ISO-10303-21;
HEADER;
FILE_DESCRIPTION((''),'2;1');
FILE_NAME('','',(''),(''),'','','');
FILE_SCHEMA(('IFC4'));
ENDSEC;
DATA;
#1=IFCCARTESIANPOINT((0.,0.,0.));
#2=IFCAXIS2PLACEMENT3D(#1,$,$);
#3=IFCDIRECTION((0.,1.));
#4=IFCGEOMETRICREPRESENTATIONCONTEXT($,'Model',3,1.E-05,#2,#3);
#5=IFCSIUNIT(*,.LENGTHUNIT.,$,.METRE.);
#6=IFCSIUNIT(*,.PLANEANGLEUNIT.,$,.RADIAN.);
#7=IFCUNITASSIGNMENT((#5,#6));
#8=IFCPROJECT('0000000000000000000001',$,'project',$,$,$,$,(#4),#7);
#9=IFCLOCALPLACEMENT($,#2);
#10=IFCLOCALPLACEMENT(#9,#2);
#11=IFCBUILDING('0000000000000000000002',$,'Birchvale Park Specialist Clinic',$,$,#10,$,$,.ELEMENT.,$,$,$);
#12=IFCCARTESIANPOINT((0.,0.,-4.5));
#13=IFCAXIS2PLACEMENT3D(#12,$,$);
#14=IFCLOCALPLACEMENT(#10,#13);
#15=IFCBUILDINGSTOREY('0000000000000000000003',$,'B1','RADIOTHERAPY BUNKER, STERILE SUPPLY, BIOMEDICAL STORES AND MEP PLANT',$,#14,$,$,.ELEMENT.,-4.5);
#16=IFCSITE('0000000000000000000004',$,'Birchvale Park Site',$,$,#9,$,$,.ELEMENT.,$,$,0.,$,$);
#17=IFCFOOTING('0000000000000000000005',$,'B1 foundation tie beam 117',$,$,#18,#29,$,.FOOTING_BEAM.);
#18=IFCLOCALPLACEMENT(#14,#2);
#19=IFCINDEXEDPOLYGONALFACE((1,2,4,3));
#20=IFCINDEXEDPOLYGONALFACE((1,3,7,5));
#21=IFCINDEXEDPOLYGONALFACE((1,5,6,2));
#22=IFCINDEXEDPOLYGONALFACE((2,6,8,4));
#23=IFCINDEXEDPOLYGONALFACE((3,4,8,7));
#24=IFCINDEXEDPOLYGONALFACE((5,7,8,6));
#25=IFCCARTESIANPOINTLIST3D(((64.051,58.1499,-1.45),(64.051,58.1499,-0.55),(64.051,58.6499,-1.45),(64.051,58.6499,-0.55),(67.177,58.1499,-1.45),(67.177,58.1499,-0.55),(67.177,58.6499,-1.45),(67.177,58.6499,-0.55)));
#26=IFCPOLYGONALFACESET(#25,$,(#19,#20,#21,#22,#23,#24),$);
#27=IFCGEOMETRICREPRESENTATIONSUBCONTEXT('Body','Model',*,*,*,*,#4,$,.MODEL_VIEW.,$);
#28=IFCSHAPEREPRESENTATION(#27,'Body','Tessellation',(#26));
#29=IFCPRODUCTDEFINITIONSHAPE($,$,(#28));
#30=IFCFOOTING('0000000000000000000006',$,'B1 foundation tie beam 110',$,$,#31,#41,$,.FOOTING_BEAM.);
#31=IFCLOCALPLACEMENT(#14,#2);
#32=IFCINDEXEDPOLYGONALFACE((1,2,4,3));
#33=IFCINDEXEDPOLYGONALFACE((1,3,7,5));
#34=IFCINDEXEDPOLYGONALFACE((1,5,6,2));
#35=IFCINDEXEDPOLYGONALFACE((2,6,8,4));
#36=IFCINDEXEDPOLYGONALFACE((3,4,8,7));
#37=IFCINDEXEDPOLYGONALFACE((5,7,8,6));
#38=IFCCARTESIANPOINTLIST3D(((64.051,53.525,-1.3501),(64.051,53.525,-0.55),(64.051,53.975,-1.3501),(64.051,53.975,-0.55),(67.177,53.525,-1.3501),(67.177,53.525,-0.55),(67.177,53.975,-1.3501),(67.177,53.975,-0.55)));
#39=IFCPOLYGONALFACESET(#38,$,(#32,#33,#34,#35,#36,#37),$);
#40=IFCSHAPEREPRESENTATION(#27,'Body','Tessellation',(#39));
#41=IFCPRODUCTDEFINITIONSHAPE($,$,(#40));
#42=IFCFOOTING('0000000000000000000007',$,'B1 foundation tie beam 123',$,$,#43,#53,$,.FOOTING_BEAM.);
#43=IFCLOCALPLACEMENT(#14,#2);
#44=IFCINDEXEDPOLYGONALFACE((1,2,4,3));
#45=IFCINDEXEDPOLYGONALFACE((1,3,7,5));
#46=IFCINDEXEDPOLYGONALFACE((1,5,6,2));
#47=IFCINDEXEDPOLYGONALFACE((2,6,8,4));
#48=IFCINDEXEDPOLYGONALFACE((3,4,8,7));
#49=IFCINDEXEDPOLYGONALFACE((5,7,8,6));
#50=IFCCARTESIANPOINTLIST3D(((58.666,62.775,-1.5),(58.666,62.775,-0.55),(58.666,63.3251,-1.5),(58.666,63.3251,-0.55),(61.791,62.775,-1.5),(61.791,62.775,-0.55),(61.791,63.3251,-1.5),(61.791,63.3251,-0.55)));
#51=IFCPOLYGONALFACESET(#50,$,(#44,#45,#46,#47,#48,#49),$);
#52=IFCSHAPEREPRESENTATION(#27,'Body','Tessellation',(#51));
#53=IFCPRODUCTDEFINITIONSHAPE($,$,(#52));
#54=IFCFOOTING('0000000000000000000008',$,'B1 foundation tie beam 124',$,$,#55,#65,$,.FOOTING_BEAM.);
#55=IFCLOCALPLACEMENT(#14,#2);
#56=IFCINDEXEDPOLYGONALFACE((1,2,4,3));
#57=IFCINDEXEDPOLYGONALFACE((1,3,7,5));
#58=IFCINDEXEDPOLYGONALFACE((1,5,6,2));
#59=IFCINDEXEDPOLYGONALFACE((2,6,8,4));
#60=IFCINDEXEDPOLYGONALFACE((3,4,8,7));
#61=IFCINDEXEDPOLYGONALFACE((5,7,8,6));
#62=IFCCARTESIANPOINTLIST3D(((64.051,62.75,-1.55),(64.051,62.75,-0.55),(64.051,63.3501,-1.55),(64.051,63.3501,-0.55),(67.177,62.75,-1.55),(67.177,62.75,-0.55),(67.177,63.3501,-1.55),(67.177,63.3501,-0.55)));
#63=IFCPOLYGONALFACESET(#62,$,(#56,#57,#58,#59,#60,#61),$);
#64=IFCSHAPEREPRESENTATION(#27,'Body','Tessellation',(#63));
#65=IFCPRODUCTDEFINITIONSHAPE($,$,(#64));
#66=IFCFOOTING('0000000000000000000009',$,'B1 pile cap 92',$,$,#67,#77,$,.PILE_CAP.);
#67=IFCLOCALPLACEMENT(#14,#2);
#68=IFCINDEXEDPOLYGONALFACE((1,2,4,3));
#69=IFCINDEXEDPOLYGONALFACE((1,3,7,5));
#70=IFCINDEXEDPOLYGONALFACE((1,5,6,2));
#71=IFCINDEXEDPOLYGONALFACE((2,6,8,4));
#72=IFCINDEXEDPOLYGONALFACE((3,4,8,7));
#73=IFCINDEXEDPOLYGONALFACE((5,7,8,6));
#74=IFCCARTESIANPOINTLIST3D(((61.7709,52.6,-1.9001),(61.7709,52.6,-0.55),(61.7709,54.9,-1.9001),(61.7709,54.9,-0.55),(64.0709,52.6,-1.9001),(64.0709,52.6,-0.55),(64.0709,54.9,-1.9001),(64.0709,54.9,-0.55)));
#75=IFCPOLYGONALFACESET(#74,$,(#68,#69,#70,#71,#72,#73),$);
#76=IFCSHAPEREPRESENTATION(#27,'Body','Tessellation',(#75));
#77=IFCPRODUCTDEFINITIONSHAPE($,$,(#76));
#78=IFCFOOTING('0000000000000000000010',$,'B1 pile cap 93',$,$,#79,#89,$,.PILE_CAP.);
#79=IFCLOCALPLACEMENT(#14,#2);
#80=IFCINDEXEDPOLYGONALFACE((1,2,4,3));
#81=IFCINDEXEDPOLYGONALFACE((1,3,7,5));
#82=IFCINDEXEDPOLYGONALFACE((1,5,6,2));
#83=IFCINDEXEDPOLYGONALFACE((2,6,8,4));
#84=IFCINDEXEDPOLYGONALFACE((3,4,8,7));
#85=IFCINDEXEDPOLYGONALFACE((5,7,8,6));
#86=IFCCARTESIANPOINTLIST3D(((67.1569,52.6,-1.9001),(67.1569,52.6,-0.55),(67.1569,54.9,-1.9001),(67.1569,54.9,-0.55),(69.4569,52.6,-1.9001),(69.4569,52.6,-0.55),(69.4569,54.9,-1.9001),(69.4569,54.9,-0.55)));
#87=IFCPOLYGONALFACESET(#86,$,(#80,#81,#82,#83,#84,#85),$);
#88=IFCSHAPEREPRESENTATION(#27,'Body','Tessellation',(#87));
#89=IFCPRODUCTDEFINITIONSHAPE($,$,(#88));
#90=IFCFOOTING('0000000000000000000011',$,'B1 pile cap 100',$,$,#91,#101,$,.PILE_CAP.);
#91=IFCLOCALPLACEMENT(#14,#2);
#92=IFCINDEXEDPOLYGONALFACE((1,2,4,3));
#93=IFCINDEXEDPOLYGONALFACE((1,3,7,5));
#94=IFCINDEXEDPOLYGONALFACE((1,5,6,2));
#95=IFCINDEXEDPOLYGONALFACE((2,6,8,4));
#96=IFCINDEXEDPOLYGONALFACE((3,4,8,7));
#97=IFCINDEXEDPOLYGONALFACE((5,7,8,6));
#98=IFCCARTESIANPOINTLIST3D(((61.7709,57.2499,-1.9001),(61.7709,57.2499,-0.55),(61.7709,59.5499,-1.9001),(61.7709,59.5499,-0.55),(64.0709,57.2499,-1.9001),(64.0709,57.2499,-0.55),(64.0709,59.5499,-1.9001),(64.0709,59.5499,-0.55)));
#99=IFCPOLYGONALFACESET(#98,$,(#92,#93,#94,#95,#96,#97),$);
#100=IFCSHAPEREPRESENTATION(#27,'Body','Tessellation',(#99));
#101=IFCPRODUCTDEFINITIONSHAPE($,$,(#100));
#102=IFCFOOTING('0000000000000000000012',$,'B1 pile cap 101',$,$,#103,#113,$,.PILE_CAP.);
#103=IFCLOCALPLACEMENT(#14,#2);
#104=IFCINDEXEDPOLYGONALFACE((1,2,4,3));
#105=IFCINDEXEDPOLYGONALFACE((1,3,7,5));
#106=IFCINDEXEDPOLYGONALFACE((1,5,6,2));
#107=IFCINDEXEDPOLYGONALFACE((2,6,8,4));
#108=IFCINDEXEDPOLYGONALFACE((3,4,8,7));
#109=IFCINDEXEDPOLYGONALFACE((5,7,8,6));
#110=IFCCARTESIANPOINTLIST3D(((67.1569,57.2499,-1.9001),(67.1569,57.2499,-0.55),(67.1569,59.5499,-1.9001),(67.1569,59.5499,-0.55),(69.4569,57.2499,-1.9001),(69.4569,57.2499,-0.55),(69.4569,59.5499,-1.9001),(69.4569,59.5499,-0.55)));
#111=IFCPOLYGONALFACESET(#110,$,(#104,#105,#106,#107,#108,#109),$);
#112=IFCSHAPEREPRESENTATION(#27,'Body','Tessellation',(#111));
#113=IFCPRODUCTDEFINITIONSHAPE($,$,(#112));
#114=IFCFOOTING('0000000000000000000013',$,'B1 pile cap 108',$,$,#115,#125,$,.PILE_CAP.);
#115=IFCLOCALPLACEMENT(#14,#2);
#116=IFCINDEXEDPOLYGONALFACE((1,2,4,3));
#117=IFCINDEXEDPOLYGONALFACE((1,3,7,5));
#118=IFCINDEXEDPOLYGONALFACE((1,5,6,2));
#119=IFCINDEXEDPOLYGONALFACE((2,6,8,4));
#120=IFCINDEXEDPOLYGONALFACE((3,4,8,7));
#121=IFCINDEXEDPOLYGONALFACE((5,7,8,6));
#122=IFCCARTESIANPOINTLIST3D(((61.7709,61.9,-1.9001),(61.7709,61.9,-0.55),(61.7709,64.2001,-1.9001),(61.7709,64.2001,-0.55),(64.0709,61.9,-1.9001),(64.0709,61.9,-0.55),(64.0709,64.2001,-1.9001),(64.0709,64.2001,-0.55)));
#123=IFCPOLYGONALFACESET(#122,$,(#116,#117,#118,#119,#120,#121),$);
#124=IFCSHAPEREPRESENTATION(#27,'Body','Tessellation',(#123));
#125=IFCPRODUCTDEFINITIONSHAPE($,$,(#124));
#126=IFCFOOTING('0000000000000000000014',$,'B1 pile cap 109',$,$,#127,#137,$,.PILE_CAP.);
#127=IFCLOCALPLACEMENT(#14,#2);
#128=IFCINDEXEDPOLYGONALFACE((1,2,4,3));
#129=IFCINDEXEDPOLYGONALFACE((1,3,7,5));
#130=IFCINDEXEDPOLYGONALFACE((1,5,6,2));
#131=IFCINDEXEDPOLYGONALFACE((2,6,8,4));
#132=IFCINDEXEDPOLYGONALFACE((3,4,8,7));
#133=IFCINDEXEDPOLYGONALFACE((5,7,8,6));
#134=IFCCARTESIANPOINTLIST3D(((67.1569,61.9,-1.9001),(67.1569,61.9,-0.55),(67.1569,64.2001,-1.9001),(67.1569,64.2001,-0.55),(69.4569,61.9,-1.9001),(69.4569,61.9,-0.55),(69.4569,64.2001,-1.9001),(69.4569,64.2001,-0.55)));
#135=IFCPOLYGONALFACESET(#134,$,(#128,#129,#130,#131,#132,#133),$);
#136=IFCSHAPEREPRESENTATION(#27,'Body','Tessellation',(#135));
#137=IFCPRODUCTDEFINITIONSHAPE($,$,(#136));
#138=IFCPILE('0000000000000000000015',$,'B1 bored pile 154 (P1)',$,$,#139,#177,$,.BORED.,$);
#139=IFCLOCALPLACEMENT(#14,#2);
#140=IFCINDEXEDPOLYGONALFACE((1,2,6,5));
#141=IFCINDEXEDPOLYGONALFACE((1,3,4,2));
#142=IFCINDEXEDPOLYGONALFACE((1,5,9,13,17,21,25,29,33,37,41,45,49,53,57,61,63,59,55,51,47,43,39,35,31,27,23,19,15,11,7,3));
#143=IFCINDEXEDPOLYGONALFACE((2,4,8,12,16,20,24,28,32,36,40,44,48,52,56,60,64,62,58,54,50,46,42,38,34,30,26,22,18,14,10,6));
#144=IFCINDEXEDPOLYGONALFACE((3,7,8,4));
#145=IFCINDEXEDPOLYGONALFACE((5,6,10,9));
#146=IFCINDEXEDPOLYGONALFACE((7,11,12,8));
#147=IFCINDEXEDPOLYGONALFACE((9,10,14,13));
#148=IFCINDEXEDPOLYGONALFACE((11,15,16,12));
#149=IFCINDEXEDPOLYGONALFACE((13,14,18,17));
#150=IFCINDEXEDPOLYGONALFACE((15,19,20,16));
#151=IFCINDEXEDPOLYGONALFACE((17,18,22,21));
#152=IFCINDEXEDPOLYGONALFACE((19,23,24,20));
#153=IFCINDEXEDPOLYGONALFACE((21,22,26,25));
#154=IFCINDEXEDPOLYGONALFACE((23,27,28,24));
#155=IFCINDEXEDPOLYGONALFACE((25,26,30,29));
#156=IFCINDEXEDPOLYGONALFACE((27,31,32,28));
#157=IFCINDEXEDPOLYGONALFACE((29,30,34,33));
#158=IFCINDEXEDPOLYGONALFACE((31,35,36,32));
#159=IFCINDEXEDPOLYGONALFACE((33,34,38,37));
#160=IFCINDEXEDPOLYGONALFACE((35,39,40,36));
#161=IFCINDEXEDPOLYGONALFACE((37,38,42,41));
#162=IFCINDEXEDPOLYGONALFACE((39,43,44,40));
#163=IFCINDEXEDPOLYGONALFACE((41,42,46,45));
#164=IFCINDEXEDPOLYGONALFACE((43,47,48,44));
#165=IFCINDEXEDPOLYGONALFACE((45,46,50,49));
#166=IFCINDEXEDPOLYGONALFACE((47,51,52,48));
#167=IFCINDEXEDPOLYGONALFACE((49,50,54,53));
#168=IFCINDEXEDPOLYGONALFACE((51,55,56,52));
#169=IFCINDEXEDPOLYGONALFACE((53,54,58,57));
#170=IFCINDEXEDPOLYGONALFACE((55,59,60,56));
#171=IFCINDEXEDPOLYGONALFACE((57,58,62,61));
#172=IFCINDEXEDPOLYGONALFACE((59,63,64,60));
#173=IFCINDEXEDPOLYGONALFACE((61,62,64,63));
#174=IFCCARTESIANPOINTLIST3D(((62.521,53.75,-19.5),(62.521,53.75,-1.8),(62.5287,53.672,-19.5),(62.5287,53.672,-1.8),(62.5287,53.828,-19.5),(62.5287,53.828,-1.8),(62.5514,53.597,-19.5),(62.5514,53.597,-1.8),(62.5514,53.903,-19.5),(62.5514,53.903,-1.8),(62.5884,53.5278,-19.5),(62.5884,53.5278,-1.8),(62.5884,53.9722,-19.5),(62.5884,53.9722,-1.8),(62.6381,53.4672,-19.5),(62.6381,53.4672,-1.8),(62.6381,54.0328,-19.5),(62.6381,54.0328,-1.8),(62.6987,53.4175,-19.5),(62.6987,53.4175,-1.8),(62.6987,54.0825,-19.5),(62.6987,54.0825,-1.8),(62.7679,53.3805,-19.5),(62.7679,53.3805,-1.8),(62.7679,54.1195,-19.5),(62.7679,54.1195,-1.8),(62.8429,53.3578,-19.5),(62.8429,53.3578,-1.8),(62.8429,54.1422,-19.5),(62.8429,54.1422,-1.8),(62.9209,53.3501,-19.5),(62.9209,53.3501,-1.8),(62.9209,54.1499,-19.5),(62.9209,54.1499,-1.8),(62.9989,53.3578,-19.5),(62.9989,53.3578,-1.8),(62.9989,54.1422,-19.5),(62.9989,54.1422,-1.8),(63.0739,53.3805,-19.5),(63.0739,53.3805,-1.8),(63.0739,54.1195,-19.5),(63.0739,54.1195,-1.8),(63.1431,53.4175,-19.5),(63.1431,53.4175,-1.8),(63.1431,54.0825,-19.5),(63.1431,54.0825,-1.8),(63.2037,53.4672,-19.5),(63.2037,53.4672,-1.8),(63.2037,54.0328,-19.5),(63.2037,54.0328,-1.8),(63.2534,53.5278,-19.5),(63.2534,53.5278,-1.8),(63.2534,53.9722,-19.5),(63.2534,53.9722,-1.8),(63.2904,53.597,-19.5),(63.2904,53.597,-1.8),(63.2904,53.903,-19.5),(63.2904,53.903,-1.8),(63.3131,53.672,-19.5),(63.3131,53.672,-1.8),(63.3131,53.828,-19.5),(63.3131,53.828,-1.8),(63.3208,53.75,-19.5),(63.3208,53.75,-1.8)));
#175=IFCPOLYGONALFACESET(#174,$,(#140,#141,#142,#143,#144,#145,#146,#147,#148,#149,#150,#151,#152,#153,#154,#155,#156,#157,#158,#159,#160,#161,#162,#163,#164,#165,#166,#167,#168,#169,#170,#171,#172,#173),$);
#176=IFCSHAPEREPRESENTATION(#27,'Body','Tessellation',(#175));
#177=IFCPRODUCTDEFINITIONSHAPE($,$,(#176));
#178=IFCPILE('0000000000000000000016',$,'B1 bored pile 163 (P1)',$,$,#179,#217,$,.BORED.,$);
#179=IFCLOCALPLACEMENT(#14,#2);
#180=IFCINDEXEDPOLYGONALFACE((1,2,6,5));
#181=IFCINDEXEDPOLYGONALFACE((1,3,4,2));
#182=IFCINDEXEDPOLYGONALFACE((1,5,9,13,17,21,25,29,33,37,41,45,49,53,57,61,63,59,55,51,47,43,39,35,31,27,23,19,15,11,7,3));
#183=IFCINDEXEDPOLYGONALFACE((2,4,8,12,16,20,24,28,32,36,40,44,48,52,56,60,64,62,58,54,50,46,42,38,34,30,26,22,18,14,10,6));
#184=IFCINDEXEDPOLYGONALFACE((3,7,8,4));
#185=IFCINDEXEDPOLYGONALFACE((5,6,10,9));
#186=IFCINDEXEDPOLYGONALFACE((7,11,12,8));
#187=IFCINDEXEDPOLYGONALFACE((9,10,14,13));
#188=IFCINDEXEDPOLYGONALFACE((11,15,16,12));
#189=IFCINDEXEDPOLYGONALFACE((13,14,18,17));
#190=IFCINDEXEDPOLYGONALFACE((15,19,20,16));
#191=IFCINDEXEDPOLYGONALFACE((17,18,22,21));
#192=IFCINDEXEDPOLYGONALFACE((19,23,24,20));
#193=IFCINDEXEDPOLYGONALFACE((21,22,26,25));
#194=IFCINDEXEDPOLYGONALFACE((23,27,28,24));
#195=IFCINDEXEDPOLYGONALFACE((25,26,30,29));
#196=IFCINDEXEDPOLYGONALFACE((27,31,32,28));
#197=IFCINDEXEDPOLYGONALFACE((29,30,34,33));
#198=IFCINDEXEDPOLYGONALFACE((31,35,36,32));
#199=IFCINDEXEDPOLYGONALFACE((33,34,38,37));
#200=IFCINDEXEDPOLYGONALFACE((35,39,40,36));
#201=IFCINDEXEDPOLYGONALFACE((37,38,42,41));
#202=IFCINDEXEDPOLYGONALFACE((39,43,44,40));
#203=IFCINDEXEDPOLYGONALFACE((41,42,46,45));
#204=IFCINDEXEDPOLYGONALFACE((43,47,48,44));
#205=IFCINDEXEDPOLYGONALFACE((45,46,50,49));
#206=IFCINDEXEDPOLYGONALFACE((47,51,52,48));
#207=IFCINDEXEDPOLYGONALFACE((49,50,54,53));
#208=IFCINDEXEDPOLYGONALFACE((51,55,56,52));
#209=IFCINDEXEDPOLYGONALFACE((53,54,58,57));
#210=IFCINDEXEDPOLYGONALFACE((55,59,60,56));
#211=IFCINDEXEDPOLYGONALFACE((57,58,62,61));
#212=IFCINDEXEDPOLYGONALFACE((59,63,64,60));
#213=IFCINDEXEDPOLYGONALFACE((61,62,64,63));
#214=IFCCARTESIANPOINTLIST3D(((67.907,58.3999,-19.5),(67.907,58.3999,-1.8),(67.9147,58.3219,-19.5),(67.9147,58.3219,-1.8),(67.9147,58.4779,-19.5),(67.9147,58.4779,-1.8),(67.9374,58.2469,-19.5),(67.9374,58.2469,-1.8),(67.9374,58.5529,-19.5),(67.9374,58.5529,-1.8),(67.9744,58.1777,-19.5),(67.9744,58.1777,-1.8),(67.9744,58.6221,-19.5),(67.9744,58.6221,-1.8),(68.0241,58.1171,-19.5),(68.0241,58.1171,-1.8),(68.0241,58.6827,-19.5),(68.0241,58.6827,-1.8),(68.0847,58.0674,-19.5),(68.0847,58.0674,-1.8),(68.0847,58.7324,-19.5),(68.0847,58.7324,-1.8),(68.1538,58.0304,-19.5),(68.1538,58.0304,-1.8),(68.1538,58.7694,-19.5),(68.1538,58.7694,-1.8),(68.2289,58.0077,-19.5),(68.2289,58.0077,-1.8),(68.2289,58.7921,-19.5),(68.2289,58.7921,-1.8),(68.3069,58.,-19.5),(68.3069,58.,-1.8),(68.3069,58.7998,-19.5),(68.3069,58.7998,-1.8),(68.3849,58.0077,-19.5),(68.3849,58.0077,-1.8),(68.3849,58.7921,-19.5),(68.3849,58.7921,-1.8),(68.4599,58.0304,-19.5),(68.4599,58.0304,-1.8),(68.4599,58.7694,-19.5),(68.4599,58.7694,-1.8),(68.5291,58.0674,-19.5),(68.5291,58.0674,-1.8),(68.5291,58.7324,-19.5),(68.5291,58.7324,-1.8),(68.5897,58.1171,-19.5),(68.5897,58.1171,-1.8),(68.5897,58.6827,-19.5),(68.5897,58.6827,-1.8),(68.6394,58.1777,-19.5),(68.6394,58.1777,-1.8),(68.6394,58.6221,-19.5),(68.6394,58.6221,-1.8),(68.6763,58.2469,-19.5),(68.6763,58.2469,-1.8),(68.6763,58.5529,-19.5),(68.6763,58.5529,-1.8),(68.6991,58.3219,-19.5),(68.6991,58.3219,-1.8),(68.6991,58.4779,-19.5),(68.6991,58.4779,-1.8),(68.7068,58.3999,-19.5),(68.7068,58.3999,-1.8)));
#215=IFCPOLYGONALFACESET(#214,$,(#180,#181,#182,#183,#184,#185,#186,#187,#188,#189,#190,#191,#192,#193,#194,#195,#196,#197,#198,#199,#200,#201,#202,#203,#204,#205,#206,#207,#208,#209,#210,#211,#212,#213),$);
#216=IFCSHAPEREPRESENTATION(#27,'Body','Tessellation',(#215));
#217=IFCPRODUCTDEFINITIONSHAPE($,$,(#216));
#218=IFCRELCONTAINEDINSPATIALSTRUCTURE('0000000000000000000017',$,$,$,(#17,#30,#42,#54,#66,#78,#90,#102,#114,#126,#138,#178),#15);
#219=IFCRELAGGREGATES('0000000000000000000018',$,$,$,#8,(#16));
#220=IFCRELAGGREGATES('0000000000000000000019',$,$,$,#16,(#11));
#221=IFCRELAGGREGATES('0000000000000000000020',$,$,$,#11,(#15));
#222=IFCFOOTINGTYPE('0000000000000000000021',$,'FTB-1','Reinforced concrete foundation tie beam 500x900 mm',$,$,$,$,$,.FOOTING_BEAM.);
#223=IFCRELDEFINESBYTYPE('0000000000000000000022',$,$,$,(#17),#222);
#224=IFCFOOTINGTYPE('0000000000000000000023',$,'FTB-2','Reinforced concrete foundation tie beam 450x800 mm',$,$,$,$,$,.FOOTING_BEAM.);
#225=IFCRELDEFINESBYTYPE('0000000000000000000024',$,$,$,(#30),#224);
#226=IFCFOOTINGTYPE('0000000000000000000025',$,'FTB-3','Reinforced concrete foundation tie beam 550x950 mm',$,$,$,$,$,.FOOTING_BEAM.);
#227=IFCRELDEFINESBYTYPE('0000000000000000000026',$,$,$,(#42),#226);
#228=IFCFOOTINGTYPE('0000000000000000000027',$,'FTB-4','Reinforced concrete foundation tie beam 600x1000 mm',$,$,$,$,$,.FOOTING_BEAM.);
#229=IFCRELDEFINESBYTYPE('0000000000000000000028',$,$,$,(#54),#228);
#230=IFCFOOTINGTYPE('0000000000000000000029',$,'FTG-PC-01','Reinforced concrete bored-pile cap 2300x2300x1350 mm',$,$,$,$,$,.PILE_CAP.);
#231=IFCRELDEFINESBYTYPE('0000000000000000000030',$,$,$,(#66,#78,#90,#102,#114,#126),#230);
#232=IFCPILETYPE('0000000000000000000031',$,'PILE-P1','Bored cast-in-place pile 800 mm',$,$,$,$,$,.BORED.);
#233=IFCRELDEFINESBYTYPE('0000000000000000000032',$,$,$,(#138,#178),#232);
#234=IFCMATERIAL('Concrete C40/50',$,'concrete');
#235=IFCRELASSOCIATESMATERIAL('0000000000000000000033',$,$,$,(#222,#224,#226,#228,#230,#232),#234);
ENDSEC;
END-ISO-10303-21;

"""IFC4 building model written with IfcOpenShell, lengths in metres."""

from ifc_helpers import new_model, si_unit, direction, frame, origin, origin_2d, place, context, subcontext, project, spatial, rectangle, circle, extrude, material, material_profile, profile_set, type_object, element, save


model = new_model("IFC4")

# Units and contexts
model_context = context("Model", 3, precision=1e-05, world=origin(), true_north=direction((0.0, 1.0)))
body_context = subcontext(model_context, "Body", "Model", "MODEL_VIEW")
ifc_project = project(units=[si_unit("LENGTHUNIT", "METRE"), si_unit("PLANEANGLEUNIT", "RADIAN")], contexts=[model_context])

# Site, building, storey
site_placement = place(None, origin())
site = spatial("IfcSite", under=ifc_project, at=site_placement, Name="Birchvale Park Site", CompositionType="ELEMENT", RefElevation=0.0)
building_placement = place(site_placement, origin())
building = spatial("IfcBuilding", under=site, at=building_placement, Name="Birchvale Park Specialist Clinic", CompositionType="ELEMENT")
storey_placement = place(building_placement, frame((0.0, 0.0, -4.5)))
storey = spatial("IfcBuildingStorey", under=building, at=storey_placement, Name="B1", Description="RADIOTHERAPY BUNKER, STERILE SUPPLY, BIOMEDICAL STORES AND MEP PLANT", CompositionType="ELEMENT", Elevation=-4.5)

# Footings
ifc_material_1 = material(Name="Concrete C40/50", Category="concrete")
footing_type_1 = type_object("IfcFootingType", Name="FTB-1", Description="Reinforced concrete foundation tie beam 500x900 mm", PredefinedType="FOOTING_BEAM", material=ifc_material_1)
footing_1_placement = place(storey_placement, frame((65.614, 58.3999, -1.45), z_axis=(0.0, 0.0, 1.0), x_axis=(1.0, 0.0, 0.0)))
element("IfcFooting", 1, at=footing_1_placement, inside=storey, type_object=footing_type_1, Name="B1 foundation tie beam 117", PredefinedType="FOOTING_BEAM", context=body_context, shape_type="SweptSolid", body=[
    extrude(rectangle(XDim=3.126, YDim=0.5, at=origin_2d()), origin(), (0.0, 0.0, 1.0), 0.8999),
])
footing_type_2 = type_object("IfcFootingType", Name="FTB-2", Description="Reinforced concrete foundation tie beam 450x800 mm", PredefinedType="FOOTING_BEAM", material=ifc_material_1)
footing_2_placement = place(storey_placement, frame((65.614, 53.75, -1.3501), z_axis=(0.0, 0.0, 1.0), x_axis=(1.0, 0.0, 0.0)))
element("IfcFooting", 2, at=footing_2_placement, inside=storey, type_object=footing_type_2, Name="B1 foundation tie beam 110", PredefinedType="FOOTING_BEAM", context=body_context, shape_type="SweptSolid", body=[
    extrude(rectangle(XDim=3.126, YDim=0.45, at=origin_2d()), origin(), (0.0, 0.0, 1.0), 0.8),
])
footing_type_3 = type_object("IfcFootingType", Name="FTB-3", Description="Reinforced concrete foundation tie beam 550x950 mm", PredefinedType="FOOTING_BEAM", material=ifc_material_1)
footing_3_placement = place(storey_placement, frame((60.2285, 63.05, -1.5), z_axis=(0.0, 0.0, 1.0), x_axis=(1.0, 0.0, 0.0)))
element("IfcFooting", 3, at=footing_3_placement, inside=storey, type_object=footing_type_3, Name="B1 foundation tie beam 123", PredefinedType="FOOTING_BEAM", context=body_context, shape_type="SweptSolid", body=[
    extrude(rectangle(XDim=3.125, YDim=0.55, at=origin_2d()), origin(), (0.0, 0.0, 1.0), 0.95),
])
footing_type_4 = type_object("IfcFootingType", Name="FTB-4", Description="Reinforced concrete foundation tie beam 600x1000 mm", PredefinedType="FOOTING_BEAM", material=ifc_material_1)
footing_4_placement = place(storey_placement, frame((65.614, 63.05, -1.55), z_axis=(0.0, 0.0, 1.0), x_axis=(1.0, 0.0, 0.0)))
element("IfcFooting", 4, at=footing_4_placement, inside=storey, type_object=footing_type_4, Name="B1 foundation tie beam 124", PredefinedType="FOOTING_BEAM", context=body_context, shape_type="SweptSolid", body=[
    extrude(rectangle(XDim=3.126, YDim=0.6001, at=origin_2d()), origin(), (0.0, 0.0, 1.0), 1.0),
])
footing_type_5 = type_object("IfcFootingType", Name="FTG-PC-01", Description="Reinforced concrete bored-pile cap 2300x2300x1350 mm", PredefinedType="PILE_CAP", material=ifc_material_1)
for number, where, z_axis, x_axis, name in (
    (5, (62.9209, 53.75, -1.9001), (0.0, 0.0, 1.0), (1.0, 0.0, 0.0), "B1 pile cap 92"),
    (6, (68.3069, 53.75, -1.9001), (0.0, 0.0, 1.0), (1.0, 0.0, 0.0), "B1 pile cap 93"),
    (7, (62.9209, 58.3999, -1.9001), (0.0, 0.0, 1.0), (1.0, 0.0, 0.0), "B1 pile cap 100"),
    (8, (68.3069, 58.3999, -1.9001), (0.0, 0.0, 1.0), (1.0, 0.0, 0.0), "B1 pile cap 101"),
    (9, (62.9209, 63.05, -1.9001), (0.0, 0.0, 1.0), (1.0, 0.0, 0.0), "B1 pile cap 108"),
    (10, (68.3069, 63.05, -1.9001), (0.0, 0.0, 1.0), (1.0, 0.0, 0.0), "B1 pile cap 109"),
):
    element("IfcFooting", number, at=place(storey_placement, frame(where, z_axis=z_axis, x_axis=x_axis)), inside=storey, type_object=footing_type_5, Name=name, PredefinedType="PILE_CAP", context=body_context, shape_type="SweptSolid", body=[
        extrude(rectangle(XDim=2.3, YDim=2.3, at=origin_2d()), origin(), (0.0, 0.0, 1.0), 1.3501),
    ])

# Piles
ifc_material_profile_1 = material_profile(ifc_material_1, circle(Radius=0.3999, at=origin_2d()), Name="PILE-800")
ifc_profile_set_1 = profile_set([ifc_material_profile_1], Name="Concrete C40/50")
pile_type_1 = type_object("IfcPileType", Name="PILE-P1", Description="Bored cast-in-place pile 800 mm", PredefinedType="BORED", material=ifc_profile_set_1)
for number, where, z_axis, x_axis, name in (
    (11, (62.9209, 53.75, -1.8), (0.0, 0.0, -1.0), (1.0, 0.0, 0.0), "B1 bored pile 154 (P1)"),
    (12, (68.3069, 58.3999, -1.8), (0.0, 0.0, -1.0), (1.0, 0.0, 0.0), "B1 bored pile 163 (P1)"),
):
    element("IfcPile", number, at=place(storey_placement, frame(where, z_axis=z_axis, x_axis=x_axis)), inside=storey, type_object=pile_type_1, Name=name, PredefinedType="BORED", context=body_context, shape_type="SweptSolid", body=[
        extrude(circle(Radius=0.3999, at=origin_2d()), origin(), (0.0, 0.0, 1.0), 17.7),
    ])

save(model, "model.ifc")
